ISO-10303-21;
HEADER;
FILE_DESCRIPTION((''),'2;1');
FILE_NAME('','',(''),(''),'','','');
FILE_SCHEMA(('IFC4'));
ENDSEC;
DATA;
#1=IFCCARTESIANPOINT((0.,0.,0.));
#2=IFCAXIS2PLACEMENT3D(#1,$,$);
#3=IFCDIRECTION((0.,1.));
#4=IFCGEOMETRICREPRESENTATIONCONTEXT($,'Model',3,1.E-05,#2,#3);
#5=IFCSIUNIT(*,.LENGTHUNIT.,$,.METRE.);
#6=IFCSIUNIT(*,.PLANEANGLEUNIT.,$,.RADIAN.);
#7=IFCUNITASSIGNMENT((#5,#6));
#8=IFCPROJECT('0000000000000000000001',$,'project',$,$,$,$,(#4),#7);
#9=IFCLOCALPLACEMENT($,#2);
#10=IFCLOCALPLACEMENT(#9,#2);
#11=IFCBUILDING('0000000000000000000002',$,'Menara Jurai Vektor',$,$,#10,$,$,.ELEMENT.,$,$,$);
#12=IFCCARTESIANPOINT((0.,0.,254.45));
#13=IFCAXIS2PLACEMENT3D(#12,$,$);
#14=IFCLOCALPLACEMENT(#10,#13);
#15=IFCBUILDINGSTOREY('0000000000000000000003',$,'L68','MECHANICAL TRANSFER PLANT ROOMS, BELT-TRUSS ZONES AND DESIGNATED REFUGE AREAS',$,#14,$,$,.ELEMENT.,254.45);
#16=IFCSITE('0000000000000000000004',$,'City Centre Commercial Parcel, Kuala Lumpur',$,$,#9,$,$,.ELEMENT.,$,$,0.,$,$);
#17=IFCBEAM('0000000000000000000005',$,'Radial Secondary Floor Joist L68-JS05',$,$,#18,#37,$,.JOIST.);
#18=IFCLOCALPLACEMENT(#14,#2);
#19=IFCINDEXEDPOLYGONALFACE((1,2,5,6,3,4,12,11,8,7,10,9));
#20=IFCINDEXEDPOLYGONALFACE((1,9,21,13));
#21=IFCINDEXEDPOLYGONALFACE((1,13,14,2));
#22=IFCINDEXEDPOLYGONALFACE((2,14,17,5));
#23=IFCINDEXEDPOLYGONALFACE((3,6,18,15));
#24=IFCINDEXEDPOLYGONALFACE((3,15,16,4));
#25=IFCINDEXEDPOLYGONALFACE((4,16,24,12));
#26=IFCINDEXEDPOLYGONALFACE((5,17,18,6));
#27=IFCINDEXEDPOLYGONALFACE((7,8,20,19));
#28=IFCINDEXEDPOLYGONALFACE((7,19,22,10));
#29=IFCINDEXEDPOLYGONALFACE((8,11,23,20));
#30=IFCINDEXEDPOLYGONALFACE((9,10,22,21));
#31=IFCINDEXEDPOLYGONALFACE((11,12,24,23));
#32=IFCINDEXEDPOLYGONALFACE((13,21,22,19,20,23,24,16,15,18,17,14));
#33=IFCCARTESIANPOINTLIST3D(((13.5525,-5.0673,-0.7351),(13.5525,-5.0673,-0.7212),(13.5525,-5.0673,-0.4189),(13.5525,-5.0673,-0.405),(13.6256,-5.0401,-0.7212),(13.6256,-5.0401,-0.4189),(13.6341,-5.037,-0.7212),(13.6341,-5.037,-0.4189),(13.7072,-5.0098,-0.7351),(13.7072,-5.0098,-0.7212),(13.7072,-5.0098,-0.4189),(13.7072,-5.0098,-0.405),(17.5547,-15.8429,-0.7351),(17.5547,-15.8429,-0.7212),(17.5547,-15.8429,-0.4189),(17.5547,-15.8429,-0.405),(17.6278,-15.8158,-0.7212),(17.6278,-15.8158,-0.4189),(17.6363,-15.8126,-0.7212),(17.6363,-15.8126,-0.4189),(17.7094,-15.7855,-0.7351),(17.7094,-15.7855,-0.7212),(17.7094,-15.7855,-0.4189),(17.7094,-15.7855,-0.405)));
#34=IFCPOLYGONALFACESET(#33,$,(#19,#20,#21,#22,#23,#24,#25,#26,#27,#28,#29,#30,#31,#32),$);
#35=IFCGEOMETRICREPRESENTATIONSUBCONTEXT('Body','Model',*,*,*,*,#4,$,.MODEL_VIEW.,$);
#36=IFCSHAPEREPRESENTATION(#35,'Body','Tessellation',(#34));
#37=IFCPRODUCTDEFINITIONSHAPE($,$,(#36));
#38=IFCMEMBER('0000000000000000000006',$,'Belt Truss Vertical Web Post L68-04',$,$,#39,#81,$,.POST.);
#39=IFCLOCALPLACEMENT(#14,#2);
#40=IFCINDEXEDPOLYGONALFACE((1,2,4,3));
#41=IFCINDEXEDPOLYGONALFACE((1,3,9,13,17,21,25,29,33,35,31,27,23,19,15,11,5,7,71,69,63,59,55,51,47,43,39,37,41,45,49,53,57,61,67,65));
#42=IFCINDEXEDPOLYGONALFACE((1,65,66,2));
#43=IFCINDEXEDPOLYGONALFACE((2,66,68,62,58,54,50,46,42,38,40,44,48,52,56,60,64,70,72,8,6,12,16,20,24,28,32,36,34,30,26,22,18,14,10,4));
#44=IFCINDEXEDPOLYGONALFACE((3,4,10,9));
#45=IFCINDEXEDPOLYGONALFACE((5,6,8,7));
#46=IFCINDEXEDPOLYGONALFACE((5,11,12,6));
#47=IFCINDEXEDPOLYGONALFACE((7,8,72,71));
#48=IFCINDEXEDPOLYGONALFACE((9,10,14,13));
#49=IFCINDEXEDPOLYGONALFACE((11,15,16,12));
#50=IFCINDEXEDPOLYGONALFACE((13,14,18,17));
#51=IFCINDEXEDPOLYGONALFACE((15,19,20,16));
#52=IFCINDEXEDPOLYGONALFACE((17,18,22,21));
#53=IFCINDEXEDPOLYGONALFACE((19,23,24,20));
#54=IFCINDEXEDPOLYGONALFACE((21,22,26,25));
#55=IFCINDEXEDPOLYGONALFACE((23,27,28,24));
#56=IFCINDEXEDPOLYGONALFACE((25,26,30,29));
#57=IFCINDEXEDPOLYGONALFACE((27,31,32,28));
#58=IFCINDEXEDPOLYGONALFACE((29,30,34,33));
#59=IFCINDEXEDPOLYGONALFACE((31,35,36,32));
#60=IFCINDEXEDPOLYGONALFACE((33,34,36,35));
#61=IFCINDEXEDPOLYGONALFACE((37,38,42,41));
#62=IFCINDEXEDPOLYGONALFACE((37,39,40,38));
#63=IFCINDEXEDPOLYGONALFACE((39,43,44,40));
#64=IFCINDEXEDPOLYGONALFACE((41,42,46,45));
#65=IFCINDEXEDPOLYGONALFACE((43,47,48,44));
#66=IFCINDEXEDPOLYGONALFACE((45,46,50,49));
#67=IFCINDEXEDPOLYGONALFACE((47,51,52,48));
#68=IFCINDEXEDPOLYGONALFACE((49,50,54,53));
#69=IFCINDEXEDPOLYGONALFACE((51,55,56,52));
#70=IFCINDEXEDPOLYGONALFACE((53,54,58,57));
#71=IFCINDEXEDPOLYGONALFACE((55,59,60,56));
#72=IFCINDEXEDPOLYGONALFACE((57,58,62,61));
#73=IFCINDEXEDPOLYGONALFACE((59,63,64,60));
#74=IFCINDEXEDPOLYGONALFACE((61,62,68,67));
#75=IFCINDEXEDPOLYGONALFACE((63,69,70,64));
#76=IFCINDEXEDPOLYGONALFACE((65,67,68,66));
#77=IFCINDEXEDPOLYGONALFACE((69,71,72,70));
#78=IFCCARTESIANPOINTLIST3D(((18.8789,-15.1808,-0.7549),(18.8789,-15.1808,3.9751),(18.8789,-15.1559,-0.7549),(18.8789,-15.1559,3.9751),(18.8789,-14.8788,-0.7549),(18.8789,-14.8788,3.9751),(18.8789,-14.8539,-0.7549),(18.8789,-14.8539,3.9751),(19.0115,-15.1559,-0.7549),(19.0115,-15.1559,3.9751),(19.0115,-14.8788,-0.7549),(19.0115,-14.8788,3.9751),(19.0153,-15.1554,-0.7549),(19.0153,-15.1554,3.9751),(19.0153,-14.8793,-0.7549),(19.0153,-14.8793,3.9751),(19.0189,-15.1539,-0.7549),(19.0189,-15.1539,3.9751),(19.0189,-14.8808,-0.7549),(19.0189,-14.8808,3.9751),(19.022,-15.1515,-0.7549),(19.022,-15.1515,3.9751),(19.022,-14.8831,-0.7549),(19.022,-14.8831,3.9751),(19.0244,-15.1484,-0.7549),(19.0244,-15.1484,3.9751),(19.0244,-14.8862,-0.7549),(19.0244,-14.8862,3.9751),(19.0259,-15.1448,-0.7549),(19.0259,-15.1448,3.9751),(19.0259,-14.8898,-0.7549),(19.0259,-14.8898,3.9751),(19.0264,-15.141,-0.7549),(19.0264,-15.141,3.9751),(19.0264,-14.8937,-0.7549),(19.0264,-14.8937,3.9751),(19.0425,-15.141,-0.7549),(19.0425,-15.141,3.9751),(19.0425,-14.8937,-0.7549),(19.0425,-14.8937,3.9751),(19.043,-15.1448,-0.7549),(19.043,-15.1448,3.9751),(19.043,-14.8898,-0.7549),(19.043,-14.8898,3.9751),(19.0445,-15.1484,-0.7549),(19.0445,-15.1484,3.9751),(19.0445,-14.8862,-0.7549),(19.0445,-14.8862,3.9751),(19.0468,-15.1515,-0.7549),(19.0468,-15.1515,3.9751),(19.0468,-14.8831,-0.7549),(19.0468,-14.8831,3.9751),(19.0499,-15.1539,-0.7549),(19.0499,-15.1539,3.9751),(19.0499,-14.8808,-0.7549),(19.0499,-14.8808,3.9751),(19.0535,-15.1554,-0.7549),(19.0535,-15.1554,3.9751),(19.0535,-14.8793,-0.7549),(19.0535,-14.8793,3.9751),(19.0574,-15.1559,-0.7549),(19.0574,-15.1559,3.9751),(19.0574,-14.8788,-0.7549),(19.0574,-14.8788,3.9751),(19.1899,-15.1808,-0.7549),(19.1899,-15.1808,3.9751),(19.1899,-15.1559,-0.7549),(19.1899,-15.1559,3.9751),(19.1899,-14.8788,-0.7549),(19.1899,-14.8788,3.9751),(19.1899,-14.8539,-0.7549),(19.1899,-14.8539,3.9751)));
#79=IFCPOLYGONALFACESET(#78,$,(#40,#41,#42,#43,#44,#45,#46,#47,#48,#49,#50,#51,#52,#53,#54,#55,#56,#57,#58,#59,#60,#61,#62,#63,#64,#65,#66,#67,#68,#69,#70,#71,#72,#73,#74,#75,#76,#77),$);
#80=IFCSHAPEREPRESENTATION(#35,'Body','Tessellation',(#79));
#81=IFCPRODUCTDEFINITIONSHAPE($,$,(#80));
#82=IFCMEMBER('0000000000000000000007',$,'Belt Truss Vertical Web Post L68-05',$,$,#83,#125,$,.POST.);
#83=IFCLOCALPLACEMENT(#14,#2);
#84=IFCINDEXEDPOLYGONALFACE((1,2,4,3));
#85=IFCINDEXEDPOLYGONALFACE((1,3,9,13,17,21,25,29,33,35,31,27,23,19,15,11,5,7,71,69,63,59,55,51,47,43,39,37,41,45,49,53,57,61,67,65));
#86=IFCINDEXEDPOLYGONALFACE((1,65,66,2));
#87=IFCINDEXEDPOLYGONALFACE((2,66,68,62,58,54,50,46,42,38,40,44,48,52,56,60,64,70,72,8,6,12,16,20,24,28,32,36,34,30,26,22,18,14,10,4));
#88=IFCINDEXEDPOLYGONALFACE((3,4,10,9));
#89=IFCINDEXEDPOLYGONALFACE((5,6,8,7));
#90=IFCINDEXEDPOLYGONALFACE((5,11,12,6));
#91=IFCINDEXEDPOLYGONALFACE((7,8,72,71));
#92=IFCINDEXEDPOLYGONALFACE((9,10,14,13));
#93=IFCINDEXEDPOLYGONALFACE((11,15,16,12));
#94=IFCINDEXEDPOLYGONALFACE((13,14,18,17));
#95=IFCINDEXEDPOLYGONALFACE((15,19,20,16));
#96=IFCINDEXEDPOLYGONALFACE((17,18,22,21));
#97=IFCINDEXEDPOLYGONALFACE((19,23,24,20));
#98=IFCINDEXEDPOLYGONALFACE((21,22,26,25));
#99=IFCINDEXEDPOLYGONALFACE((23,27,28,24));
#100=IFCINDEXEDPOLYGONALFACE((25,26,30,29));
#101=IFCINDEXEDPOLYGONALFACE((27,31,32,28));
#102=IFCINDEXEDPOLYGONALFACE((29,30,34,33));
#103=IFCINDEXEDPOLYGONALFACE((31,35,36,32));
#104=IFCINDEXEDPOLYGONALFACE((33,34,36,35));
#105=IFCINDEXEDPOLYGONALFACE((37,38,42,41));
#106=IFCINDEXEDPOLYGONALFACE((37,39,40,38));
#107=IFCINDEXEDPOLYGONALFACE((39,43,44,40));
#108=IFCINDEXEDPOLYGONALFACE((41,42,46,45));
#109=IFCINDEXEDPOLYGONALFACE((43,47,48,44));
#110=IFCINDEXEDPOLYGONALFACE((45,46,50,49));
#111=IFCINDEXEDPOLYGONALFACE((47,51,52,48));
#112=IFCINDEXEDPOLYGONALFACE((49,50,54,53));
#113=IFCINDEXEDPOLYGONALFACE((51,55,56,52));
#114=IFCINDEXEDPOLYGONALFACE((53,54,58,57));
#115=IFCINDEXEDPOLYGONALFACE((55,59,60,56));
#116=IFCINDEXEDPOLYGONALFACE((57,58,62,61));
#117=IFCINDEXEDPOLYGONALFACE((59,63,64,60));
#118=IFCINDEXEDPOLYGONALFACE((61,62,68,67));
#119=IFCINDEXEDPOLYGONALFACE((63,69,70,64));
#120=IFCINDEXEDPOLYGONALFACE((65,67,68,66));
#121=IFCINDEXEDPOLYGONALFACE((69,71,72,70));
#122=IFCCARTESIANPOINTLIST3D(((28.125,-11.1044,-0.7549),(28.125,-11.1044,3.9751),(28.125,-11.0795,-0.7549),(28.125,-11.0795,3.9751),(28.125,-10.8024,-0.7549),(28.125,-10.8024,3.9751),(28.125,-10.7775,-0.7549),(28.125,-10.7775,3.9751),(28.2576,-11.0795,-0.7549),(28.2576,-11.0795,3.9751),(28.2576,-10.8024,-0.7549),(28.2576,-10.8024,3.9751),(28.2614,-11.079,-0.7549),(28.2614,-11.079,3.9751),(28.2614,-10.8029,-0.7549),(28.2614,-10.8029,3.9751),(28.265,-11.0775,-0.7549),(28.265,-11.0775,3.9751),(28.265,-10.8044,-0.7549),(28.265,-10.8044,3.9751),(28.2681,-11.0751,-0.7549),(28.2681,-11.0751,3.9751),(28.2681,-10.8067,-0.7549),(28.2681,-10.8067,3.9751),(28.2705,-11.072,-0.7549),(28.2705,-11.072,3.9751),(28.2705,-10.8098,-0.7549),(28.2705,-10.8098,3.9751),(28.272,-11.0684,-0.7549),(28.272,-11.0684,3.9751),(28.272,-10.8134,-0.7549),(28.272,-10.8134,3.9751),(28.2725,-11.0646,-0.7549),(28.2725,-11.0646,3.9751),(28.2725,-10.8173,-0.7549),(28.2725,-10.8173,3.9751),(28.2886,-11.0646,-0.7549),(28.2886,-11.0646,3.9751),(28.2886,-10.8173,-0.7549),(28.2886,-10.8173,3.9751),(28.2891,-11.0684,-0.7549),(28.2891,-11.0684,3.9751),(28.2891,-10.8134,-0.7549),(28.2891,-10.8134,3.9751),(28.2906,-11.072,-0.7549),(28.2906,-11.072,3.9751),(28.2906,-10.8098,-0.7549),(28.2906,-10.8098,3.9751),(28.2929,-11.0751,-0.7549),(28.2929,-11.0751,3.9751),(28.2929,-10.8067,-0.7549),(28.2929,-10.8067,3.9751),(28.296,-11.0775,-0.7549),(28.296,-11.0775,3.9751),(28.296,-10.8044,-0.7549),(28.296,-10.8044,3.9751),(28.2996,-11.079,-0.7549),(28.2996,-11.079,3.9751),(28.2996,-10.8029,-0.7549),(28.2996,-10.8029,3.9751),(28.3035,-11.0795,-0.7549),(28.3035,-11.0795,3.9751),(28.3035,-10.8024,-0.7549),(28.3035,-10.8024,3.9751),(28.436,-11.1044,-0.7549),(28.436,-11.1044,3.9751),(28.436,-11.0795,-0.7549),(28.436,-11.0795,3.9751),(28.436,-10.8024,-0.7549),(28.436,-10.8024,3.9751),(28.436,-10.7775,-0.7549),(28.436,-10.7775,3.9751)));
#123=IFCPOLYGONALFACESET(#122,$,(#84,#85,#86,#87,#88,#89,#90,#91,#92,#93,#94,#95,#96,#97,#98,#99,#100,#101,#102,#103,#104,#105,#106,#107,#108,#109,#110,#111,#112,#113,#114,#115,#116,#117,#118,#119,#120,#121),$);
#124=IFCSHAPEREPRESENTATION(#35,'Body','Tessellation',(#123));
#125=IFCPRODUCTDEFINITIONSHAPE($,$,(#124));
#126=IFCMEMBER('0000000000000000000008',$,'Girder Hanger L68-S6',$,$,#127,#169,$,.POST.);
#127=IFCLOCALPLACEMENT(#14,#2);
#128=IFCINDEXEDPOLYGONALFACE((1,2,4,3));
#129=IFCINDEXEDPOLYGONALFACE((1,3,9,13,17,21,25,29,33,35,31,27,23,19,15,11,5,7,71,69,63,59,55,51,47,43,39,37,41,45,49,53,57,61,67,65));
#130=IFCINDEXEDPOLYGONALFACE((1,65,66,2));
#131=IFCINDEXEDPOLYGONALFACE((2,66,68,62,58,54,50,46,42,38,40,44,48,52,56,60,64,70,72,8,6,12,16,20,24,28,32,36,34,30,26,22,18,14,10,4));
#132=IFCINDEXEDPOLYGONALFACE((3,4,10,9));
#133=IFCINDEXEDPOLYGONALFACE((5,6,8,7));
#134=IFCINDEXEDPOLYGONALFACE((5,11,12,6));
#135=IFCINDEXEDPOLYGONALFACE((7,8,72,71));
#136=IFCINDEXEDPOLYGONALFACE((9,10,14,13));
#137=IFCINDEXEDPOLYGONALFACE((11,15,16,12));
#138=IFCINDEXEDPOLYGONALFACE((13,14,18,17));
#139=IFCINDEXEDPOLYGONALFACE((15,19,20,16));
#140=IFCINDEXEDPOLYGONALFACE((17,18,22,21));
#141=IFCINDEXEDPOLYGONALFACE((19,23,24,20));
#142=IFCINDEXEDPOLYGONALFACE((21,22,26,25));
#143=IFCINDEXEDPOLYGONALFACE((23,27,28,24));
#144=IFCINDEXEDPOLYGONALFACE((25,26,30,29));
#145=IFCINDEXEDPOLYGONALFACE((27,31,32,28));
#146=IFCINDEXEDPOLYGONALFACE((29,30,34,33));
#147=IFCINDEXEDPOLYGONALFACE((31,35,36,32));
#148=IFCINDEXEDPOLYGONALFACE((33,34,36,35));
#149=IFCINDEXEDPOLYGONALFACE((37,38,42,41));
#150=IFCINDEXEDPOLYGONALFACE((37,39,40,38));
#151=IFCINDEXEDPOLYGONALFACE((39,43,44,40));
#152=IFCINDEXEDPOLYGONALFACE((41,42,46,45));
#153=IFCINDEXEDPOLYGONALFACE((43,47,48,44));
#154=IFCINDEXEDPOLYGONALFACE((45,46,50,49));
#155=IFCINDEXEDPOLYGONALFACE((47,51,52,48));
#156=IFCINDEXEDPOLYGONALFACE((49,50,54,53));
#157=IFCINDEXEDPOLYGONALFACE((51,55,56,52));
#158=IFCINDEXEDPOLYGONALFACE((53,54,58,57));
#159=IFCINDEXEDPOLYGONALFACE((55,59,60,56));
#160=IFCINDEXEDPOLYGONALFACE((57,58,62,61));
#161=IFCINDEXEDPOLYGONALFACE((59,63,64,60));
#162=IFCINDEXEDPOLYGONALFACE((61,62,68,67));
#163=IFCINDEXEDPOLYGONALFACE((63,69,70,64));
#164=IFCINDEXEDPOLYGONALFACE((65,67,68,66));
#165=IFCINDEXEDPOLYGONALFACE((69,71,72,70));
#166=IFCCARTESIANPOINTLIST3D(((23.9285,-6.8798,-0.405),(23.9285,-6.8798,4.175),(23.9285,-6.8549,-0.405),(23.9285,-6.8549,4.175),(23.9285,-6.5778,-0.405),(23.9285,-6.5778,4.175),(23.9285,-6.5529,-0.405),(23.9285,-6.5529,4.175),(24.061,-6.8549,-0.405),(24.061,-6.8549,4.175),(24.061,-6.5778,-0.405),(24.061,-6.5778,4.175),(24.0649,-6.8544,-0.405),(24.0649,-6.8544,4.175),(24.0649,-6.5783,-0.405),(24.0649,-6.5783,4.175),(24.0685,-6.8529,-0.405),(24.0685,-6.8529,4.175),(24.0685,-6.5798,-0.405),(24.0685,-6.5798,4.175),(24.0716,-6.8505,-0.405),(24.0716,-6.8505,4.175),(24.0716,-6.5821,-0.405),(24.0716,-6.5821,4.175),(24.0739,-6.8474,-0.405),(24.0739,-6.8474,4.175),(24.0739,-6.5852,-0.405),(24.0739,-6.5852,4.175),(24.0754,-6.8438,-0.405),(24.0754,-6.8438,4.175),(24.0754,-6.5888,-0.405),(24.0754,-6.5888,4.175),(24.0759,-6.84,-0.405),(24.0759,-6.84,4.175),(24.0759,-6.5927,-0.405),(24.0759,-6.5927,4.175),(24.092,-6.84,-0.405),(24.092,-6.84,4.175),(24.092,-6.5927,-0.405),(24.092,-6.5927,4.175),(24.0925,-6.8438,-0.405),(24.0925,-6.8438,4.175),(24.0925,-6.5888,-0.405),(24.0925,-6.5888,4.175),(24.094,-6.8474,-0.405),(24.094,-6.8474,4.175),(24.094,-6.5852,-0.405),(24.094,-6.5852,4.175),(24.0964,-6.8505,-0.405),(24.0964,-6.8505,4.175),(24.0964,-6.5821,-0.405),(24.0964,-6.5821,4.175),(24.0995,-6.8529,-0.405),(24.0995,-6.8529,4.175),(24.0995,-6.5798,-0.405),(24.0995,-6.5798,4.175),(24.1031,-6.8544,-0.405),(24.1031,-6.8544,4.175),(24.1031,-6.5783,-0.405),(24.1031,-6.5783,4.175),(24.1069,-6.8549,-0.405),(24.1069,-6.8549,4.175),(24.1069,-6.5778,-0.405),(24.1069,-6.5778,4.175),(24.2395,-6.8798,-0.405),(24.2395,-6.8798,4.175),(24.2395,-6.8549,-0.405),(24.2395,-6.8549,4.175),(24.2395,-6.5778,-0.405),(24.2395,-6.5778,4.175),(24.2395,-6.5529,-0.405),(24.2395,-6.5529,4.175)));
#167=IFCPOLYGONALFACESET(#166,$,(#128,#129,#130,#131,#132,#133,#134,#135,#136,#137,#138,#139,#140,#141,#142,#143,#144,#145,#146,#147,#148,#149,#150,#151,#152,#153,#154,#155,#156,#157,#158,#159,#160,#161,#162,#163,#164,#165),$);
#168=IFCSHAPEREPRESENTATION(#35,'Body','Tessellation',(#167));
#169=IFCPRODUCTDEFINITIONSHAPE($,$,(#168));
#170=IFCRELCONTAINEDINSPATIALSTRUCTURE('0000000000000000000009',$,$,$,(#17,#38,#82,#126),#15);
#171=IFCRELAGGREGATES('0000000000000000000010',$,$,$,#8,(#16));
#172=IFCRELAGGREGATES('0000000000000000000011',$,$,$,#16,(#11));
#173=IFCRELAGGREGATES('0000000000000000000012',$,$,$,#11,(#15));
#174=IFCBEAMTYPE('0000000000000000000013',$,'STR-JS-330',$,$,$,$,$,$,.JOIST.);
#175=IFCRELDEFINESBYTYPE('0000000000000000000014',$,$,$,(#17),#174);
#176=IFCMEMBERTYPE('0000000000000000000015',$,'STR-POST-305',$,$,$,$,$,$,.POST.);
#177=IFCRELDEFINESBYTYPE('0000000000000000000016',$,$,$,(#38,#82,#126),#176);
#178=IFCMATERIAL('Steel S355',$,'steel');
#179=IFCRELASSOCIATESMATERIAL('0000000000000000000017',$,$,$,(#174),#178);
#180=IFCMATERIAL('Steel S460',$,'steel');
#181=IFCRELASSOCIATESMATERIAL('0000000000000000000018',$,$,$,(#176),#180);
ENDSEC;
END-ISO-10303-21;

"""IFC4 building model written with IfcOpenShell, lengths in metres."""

from ifc_helpers import new_model, si_unit, direction, frame, origin, origin_2d, place, context, subcontext, project, spatial, i_section, extrude, material, material_profile, profile_set, type_object, element, save


model = new_model("IFC4")

# Units and contexts
model_context = context("Model", 3, precision=1e-05, world=origin(), true_north=direction((0.0, 1.0)))
body_context = subcontext(model_context, "Body", "Model", "MODEL_VIEW")
ifc_project = project(units=[si_unit("LENGTHUNIT", "METRE"), si_unit("PLANEANGLEUNIT", "RADIAN")], contexts=[model_context])

# Site, building, storey
site_placement = place(None, origin())
site = spatial("IfcSite", under=ifc_project, at=site_placement, Name="City Centre Commercial Parcel, Kuala Lumpur", CompositionType="ELEMENT", RefElevation=0.0)
building_placement = place(site_placement, origin())
building = spatial("IfcBuilding", under=site, at=building_placement, Name="Menara Jurai Vektor", CompositionType="ELEMENT")
storey_placement = place(building_placement, frame((0.0, 0.0, 254.45)))
storey = spatial("IfcBuildingStorey", under=building, at=storey_placement, Name="L68", Description="MECHANICAL TRANSFER PLANT ROOMS, BELT-TRUSS ZONES AND DESIGNATED REFUGE AREAS", CompositionType="ELEMENT", Elevation=254.45)

# Shared definitions
ifc_material_1 = material(Name="Steel S460", Category="steel")

# Beam
ifc_material_2 = material(Name="Steel S355", Category="steel")
ifc_material_profile_1 = material_profile(ifc_material_2, i_section(OverallWidth=0.165, OverallDepth=0.3301, WebThickness=0.009, FlangeThickness=0.0139, at=origin_2d()), Name="PG 330x165x46")
ifc_profile_set_1 = profile_set([ifc_material_profile_1], Name="Steel S355")
beam_type_1 = type_object("IfcBeamType", Name="STR-JS-330", PredefinedType="JOIST", material=ifc_profile_set_1)
beam_1_placement = place(storey_placement, frame((17.6321, -15.8142, -0.5701), z_axis=(-0.348173, 0.93743, 0.0), x_axis=(-0.93743, -0.348173, 0.0)))
element("IfcBeam", 1, at=beam_1_placement, inside=storey, type_object=beam_type_1, Name="Radial Secondary Floor Joist L68-JS05", PredefinedType="JOIST", context=body_context, shape_type="SweptSolid", body=[
    extrude(i_section(OverallWidth=0.165, OverallDepth=0.3301, WebThickness=0.009, FlangeThickness=0.0139, at=origin_2d()), origin(), (0.0, 0.0, 1.0), 11.4949),
])

# Members
ifc_material_profile_2 = material_profile(ifc_material_1, i_section(OverallWidth=0.311, OverallDepth=0.3269, WebThickness=0.0161, FlangeThickness=0.0249, FilletRadius=0.0149, at=origin_2d()), Name="UKC 305x305x158")
ifc_profile_set_2 = profile_set([ifc_material_profile_2], Name="Steel S460")
member_type_1 = type_object("IfcMemberType", Name="STR-POST-305", PredefinedType="POST", material=ifc_profile_set_2)
for number, where, z_axis, x_axis, name in (
    (2, (19.0344, -15.0173, -0.7549), (0.0, 0.0, 1.0), (1.0, 0.0, 0.0), "Belt Truss Vertical Web Post L68-04"),
    (3, (28.2805, -10.9409, -0.7549), (0.0, 0.0, 1.0), (1.0, 0.0, 0.0), "Belt Truss Vertical Web Post L68-05"),
):
    element("IfcMember", number, at=place(storey_placement, frame(where, z_axis=z_axis, x_axis=x_axis)), inside=storey, type_object=member_type_1, Name=name, PredefinedType="POST", context=body_context, shape_type="SweptSolid", body=[
        extrude(i_section(OverallWidth=0.311, OverallDepth=0.3269, WebThickness=0.0161, FlangeThickness=0.0249, FilletRadius=0.0149, at=origin_2d()), origin(), (0.0, 0.0, 1.0), 4.73),
    ])
for number, where, z_axis, x_axis, name in (
    (4, (24.084, -6.7163, -0.405), (0.0, 0.0, 1.0), (1.0, 0.0, 0.0), "Girder Hanger L68-S6"),
):
    element("IfcMember", number, at=place(storey_placement, frame(where, z_axis=z_axis, x_axis=x_axis)), inside=storey, type_object=member_type_1, Name=name, PredefinedType="POST", context=body_context, shape_type="SweptSolid", body=[
        extrude(i_section(OverallWidth=0.311, OverallDepth=0.3269, WebThickness=0.0161, FlangeThickness=0.0249, FilletRadius=0.0149, at=origin_2d()), origin(), (0.0, 0.0, 1.0), 4.5801),
    ])

save(model, "model.ifc")
